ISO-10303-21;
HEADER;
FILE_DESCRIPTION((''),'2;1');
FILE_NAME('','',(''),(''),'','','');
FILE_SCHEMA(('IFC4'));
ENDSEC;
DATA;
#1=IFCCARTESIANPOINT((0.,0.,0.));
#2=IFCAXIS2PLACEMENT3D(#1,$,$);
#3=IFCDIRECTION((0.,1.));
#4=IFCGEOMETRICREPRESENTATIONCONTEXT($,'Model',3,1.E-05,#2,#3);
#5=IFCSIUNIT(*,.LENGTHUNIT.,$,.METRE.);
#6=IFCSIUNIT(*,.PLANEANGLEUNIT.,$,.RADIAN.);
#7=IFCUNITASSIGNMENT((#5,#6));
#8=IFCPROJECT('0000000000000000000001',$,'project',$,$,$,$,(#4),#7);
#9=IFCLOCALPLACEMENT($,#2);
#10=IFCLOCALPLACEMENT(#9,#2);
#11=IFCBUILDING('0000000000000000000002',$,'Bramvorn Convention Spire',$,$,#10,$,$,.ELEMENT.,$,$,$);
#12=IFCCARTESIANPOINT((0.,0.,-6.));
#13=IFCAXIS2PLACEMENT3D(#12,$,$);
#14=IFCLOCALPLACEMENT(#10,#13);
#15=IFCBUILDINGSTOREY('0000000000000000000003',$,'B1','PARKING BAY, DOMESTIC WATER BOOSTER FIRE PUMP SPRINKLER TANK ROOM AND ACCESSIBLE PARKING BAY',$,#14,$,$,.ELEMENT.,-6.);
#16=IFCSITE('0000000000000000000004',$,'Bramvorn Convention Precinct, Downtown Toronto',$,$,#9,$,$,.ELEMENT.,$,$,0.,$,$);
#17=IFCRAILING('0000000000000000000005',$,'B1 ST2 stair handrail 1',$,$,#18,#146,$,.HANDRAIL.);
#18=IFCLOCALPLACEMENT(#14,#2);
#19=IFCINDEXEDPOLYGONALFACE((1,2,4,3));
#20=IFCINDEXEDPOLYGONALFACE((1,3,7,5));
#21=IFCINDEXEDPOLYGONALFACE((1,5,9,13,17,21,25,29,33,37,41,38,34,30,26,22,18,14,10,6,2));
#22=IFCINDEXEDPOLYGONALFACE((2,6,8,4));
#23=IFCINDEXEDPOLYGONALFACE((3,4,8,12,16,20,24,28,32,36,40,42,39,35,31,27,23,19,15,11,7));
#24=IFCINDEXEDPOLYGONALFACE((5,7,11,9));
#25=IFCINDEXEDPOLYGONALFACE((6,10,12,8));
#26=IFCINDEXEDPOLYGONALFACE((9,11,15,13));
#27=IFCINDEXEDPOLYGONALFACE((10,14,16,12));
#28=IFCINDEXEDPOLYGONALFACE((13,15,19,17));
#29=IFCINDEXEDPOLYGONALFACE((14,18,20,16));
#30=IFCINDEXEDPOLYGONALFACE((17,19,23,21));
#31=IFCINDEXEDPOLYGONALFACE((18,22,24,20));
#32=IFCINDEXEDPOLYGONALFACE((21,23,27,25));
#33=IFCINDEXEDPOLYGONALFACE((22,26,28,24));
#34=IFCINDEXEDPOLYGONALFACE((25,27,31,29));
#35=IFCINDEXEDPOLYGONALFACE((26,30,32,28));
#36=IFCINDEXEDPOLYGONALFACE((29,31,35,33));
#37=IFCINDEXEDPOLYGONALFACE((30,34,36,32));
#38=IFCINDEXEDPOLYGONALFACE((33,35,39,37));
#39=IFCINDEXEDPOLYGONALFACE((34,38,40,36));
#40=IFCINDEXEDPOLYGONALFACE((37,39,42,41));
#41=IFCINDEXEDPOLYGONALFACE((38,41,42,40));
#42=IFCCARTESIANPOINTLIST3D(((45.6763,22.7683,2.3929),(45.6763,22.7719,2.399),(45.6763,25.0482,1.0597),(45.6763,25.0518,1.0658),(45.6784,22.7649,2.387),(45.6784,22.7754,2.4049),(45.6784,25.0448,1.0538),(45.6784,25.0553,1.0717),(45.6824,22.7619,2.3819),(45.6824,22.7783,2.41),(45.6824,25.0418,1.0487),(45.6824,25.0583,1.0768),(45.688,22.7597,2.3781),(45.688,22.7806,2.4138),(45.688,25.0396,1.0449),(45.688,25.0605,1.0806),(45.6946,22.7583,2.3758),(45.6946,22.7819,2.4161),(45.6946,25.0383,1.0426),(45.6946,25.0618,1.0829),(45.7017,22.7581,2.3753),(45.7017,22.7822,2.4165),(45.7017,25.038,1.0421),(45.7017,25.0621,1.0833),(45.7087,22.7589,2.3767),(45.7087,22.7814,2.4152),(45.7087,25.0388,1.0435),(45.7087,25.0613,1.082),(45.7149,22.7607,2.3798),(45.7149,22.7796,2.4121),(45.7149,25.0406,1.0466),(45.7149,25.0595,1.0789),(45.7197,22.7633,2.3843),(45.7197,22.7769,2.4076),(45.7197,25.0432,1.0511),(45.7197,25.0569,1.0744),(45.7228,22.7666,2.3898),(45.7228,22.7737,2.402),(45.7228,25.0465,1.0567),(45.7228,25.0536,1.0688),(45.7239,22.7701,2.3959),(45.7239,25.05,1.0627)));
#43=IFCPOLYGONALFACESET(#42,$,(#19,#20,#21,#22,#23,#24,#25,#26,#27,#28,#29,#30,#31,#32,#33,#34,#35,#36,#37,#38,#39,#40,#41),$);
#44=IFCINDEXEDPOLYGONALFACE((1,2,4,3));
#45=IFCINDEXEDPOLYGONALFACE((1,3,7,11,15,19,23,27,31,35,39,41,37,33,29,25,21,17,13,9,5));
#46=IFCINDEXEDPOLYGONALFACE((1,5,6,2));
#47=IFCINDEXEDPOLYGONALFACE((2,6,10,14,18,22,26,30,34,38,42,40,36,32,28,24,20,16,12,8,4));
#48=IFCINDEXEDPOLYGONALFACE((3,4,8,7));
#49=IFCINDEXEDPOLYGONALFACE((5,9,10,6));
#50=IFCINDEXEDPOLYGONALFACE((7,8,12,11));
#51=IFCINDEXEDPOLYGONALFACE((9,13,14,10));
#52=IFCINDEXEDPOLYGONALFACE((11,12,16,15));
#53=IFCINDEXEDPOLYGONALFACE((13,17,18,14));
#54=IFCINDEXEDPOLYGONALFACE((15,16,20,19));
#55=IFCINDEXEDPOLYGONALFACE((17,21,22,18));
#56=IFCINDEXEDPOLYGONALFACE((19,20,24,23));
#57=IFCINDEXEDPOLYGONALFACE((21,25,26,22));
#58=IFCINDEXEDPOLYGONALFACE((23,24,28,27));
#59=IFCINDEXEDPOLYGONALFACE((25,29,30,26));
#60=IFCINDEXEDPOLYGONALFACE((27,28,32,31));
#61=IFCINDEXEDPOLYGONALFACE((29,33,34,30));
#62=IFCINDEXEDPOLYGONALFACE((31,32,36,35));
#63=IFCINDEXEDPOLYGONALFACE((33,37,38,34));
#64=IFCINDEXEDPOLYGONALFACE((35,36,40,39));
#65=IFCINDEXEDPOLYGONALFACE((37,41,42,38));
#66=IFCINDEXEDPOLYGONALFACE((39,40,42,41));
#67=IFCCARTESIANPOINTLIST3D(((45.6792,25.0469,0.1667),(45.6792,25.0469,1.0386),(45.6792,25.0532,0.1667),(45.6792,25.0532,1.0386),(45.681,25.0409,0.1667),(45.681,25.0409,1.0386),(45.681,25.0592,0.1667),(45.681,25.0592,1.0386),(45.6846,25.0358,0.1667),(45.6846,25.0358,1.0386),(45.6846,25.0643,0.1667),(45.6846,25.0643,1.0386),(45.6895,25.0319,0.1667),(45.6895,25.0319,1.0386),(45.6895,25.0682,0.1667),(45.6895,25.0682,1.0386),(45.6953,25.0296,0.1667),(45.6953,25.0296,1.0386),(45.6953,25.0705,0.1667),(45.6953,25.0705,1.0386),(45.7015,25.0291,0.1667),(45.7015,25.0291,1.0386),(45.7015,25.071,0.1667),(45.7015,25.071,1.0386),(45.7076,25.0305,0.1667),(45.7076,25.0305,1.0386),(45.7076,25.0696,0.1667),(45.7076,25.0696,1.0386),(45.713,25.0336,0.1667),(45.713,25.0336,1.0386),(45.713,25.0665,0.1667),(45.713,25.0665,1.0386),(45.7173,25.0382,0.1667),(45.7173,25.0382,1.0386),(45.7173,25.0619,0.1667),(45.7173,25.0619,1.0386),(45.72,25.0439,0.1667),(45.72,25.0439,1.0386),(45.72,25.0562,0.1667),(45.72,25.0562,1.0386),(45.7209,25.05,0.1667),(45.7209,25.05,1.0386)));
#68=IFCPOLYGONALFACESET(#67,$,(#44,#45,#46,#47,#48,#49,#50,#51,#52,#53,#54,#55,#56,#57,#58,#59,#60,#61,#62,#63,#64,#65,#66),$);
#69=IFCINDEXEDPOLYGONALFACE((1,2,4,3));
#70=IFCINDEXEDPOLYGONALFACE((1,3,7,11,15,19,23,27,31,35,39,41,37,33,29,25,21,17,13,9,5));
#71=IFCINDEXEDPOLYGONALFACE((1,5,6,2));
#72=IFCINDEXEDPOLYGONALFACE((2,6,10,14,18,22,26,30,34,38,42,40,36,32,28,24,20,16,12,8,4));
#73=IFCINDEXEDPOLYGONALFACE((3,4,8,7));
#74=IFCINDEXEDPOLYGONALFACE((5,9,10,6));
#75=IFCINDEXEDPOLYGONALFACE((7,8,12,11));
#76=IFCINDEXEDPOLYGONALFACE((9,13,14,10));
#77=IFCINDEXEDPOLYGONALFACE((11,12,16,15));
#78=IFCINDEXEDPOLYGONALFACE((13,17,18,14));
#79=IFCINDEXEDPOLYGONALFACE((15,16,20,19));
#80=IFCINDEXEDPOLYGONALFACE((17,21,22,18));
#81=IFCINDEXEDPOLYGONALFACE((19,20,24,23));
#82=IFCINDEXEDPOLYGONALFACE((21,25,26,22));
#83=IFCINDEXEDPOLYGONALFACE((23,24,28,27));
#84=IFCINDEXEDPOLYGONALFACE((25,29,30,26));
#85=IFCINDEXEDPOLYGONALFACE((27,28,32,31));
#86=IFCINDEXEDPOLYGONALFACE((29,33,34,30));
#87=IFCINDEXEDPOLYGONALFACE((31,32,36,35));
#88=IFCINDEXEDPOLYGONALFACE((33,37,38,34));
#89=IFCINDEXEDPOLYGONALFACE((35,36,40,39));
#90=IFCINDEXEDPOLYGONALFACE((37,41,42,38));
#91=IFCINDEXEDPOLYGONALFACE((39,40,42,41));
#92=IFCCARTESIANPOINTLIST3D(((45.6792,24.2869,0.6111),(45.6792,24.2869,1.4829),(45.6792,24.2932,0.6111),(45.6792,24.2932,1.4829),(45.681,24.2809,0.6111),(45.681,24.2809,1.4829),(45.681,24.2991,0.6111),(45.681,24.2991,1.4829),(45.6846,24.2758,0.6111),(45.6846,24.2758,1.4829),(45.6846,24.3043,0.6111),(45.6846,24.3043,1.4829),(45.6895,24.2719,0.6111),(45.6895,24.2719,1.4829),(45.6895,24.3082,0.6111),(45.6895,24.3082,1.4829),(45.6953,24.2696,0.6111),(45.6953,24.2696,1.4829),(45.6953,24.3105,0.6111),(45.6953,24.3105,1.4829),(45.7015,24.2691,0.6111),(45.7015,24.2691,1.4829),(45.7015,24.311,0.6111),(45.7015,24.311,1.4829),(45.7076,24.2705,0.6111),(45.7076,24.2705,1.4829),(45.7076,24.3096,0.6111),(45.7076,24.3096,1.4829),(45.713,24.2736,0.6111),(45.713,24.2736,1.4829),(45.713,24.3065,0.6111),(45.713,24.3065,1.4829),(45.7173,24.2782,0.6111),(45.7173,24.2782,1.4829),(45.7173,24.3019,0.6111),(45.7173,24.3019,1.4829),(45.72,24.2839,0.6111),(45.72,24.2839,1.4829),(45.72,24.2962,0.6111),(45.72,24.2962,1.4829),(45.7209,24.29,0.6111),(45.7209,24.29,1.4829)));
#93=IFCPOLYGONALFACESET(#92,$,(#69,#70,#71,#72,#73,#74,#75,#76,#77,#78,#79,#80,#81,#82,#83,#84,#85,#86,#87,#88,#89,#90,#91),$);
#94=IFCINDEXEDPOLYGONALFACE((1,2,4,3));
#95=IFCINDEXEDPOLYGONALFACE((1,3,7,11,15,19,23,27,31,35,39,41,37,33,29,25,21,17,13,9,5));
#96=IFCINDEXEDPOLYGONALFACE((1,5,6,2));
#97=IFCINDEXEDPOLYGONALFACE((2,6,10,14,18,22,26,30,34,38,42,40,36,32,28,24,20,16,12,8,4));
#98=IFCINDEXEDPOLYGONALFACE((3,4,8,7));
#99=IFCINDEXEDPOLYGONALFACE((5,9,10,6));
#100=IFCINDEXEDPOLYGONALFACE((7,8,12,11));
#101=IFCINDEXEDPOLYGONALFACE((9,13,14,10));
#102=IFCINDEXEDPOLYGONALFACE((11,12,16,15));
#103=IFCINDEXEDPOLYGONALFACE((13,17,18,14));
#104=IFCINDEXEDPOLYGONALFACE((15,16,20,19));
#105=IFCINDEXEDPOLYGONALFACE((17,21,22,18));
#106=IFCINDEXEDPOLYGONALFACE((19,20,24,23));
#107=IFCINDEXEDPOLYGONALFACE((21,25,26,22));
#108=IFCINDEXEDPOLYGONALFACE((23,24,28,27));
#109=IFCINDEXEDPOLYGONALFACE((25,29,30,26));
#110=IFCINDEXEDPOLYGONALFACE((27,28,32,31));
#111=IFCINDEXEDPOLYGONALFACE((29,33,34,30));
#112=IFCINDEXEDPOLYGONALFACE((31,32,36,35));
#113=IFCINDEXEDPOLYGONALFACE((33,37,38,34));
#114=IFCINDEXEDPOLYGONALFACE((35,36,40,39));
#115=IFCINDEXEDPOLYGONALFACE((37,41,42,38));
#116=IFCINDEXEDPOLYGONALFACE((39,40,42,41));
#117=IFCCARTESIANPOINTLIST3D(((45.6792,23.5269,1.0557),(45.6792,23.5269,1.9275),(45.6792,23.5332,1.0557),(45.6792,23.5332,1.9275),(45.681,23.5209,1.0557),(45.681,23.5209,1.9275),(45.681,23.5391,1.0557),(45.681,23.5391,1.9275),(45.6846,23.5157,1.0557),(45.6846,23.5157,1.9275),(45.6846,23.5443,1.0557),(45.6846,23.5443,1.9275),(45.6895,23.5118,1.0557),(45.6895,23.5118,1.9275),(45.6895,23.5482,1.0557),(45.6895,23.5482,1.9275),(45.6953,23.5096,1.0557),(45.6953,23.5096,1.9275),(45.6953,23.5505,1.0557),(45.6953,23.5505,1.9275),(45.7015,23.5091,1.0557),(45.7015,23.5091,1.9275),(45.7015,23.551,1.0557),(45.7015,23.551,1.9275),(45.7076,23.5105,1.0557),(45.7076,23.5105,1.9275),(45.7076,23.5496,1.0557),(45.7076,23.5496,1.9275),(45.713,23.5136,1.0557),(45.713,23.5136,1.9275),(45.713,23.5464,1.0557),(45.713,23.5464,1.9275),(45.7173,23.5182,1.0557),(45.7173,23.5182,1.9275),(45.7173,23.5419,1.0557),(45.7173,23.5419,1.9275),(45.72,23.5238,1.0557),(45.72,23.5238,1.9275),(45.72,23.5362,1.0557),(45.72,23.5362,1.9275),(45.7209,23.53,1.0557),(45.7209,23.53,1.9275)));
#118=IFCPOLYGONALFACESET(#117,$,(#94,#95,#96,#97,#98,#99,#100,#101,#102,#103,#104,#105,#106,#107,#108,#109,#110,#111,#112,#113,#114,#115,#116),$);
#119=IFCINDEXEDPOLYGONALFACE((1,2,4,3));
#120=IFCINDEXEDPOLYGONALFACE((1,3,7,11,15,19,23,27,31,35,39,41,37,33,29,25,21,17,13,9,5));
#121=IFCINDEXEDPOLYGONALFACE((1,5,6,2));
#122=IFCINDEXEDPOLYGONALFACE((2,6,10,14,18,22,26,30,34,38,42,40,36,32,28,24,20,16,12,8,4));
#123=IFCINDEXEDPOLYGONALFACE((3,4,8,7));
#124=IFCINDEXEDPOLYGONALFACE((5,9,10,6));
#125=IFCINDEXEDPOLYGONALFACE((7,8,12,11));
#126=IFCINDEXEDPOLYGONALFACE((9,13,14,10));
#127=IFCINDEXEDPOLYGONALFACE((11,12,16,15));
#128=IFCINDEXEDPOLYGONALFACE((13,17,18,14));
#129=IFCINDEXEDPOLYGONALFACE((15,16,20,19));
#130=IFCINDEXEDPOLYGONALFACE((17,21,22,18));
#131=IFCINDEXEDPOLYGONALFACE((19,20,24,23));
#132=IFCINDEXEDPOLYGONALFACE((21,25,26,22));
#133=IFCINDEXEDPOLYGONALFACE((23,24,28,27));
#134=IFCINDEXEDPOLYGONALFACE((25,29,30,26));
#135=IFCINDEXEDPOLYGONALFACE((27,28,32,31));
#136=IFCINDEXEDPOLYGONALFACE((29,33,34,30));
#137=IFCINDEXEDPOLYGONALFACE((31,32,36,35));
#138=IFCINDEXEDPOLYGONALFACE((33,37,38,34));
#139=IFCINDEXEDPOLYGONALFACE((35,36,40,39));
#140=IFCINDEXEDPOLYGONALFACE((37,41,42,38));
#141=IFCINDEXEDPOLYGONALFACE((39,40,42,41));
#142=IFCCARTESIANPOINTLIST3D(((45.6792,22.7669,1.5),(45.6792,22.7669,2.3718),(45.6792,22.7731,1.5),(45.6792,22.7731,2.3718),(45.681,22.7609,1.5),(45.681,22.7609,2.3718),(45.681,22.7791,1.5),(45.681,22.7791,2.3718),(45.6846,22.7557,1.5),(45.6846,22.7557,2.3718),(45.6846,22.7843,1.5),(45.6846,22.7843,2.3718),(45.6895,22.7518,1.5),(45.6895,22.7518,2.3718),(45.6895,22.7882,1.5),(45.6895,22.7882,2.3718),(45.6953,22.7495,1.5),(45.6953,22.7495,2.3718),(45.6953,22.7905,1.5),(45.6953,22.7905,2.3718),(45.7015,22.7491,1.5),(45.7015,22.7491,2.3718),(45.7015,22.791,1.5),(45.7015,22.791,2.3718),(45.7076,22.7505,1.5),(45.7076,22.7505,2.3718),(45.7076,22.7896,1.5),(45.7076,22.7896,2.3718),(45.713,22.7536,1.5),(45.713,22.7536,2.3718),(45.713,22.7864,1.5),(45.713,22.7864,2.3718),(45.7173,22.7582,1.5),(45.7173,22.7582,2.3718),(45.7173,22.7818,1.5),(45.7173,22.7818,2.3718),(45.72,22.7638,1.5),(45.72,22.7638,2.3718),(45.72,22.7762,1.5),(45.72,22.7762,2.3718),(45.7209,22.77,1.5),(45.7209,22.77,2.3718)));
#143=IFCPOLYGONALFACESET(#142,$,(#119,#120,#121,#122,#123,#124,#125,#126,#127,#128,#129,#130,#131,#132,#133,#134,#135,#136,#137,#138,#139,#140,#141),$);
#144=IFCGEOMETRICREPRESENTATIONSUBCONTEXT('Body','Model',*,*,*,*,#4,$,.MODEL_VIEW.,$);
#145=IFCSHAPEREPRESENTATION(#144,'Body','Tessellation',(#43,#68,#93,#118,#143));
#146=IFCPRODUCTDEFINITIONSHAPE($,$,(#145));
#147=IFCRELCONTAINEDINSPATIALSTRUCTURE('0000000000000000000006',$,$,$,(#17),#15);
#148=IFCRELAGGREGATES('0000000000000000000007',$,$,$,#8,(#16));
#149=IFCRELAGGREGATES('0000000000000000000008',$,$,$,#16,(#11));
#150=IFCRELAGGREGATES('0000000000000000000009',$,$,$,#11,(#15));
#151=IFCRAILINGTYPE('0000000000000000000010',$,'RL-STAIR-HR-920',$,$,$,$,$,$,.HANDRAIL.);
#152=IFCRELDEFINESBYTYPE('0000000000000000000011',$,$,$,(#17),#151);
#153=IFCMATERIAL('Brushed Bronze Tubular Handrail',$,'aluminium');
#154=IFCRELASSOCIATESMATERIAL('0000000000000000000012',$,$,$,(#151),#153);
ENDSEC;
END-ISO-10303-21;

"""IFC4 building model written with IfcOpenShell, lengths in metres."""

from ifc_helpers import new_model, si_unit, direction, frame, origin, origin_2d, place, context, subcontext, project, spatial, circle, extrude, material, type_object, element, save


model = new_model("IFC4")

# Units and contexts
model_context = context("Model", 3, precision=1e-05, world=origin(), true_north=direction((0.0, 1.0)))
body_context = subcontext(model_context, "Body", "Model", "MODEL_VIEW")
ifc_project = project(units=[si_unit("LENGTHUNIT", "METRE"), si_unit("PLANEANGLEUNIT", "RADIAN")], contexts=[model_context])

# Site, building, storey
site_placement = place(None, origin())
site = spatial("IfcSite", under=ifc_project, at=site_placement, Name="Bramvorn Convention Precinct, Downtown Toronto", CompositionType="ELEMENT", RefElevation=0.0)
building_placement = place(site_placement, origin())
building = spatial("IfcBuilding", under=site, at=building_placement, Name="Bramvorn Convention Spire", CompositionType="ELEMENT")
storey_placement = place(building_placement, frame((0.0, 0.0, -6.0)))
storey = spatial("IfcBuildingStorey", under=building, at=storey_placement, Name="B1", Description="PARKING BAY, DOMESTIC WATER BOOSTER FIRE PUMP SPRINKLER TANK ROOM AND ACCESSIBLE PARKING BAY", CompositionType="ELEMENT", Elevation=-6.0)

# Railing
ifc_material_1 = material(Name="Brushed Bronze Tubular Handrail", Category="aluminium")
railing_type_1 = type_object("IfcRailingType", Name="RL-STAIR-HR-920", PredefinedType="HANDRAIL", material=ifc_material_1)
for number, where, name in (
    (1, (45.7, 25.05, 0.1667), "B1 ST2 stair handrail 1"),
):
    element("IfcRailing", number, at=place(storey_placement, frame(where)), inside=storey, type_object=railing_type_1, Name=name, PredefinedType="HANDRAIL", context=body_context, shape_type="SweptSolid", body=[
        extrude(circle(Radius=0.0239, at=origin_2d()), frame((0.0, 0.0, 0.896), z_axis=(0.0, -0.863245, 0.504785), x_axis=(1.0, 0.0, 0.0)), (0.0, 0.0, 1.0), 2.6411),
        extrude(circle(Radius=0.021, at=origin_2d()), origin(), (0.0, 0.0, 1.0), 0.8718),
        extrude(circle(Radius=0.021, at=origin_2d()), frame((0.0, -0.76, 0.4443)), (0.0, 0.0, 1.0), 0.8718),
        extrude(circle(Radius=0.021, at=origin_2d()), frame((0.0, -1.52, 0.8889)), (0.0, 0.0, 1.0), 0.8718),
        extrude(circle(Radius=0.021, at=origin_2d()), frame((0.0, -2.28, 1.3333)), (0.0, 0.0, 1.0), 0.8718),
    ])

save(model, "model.ifc")
